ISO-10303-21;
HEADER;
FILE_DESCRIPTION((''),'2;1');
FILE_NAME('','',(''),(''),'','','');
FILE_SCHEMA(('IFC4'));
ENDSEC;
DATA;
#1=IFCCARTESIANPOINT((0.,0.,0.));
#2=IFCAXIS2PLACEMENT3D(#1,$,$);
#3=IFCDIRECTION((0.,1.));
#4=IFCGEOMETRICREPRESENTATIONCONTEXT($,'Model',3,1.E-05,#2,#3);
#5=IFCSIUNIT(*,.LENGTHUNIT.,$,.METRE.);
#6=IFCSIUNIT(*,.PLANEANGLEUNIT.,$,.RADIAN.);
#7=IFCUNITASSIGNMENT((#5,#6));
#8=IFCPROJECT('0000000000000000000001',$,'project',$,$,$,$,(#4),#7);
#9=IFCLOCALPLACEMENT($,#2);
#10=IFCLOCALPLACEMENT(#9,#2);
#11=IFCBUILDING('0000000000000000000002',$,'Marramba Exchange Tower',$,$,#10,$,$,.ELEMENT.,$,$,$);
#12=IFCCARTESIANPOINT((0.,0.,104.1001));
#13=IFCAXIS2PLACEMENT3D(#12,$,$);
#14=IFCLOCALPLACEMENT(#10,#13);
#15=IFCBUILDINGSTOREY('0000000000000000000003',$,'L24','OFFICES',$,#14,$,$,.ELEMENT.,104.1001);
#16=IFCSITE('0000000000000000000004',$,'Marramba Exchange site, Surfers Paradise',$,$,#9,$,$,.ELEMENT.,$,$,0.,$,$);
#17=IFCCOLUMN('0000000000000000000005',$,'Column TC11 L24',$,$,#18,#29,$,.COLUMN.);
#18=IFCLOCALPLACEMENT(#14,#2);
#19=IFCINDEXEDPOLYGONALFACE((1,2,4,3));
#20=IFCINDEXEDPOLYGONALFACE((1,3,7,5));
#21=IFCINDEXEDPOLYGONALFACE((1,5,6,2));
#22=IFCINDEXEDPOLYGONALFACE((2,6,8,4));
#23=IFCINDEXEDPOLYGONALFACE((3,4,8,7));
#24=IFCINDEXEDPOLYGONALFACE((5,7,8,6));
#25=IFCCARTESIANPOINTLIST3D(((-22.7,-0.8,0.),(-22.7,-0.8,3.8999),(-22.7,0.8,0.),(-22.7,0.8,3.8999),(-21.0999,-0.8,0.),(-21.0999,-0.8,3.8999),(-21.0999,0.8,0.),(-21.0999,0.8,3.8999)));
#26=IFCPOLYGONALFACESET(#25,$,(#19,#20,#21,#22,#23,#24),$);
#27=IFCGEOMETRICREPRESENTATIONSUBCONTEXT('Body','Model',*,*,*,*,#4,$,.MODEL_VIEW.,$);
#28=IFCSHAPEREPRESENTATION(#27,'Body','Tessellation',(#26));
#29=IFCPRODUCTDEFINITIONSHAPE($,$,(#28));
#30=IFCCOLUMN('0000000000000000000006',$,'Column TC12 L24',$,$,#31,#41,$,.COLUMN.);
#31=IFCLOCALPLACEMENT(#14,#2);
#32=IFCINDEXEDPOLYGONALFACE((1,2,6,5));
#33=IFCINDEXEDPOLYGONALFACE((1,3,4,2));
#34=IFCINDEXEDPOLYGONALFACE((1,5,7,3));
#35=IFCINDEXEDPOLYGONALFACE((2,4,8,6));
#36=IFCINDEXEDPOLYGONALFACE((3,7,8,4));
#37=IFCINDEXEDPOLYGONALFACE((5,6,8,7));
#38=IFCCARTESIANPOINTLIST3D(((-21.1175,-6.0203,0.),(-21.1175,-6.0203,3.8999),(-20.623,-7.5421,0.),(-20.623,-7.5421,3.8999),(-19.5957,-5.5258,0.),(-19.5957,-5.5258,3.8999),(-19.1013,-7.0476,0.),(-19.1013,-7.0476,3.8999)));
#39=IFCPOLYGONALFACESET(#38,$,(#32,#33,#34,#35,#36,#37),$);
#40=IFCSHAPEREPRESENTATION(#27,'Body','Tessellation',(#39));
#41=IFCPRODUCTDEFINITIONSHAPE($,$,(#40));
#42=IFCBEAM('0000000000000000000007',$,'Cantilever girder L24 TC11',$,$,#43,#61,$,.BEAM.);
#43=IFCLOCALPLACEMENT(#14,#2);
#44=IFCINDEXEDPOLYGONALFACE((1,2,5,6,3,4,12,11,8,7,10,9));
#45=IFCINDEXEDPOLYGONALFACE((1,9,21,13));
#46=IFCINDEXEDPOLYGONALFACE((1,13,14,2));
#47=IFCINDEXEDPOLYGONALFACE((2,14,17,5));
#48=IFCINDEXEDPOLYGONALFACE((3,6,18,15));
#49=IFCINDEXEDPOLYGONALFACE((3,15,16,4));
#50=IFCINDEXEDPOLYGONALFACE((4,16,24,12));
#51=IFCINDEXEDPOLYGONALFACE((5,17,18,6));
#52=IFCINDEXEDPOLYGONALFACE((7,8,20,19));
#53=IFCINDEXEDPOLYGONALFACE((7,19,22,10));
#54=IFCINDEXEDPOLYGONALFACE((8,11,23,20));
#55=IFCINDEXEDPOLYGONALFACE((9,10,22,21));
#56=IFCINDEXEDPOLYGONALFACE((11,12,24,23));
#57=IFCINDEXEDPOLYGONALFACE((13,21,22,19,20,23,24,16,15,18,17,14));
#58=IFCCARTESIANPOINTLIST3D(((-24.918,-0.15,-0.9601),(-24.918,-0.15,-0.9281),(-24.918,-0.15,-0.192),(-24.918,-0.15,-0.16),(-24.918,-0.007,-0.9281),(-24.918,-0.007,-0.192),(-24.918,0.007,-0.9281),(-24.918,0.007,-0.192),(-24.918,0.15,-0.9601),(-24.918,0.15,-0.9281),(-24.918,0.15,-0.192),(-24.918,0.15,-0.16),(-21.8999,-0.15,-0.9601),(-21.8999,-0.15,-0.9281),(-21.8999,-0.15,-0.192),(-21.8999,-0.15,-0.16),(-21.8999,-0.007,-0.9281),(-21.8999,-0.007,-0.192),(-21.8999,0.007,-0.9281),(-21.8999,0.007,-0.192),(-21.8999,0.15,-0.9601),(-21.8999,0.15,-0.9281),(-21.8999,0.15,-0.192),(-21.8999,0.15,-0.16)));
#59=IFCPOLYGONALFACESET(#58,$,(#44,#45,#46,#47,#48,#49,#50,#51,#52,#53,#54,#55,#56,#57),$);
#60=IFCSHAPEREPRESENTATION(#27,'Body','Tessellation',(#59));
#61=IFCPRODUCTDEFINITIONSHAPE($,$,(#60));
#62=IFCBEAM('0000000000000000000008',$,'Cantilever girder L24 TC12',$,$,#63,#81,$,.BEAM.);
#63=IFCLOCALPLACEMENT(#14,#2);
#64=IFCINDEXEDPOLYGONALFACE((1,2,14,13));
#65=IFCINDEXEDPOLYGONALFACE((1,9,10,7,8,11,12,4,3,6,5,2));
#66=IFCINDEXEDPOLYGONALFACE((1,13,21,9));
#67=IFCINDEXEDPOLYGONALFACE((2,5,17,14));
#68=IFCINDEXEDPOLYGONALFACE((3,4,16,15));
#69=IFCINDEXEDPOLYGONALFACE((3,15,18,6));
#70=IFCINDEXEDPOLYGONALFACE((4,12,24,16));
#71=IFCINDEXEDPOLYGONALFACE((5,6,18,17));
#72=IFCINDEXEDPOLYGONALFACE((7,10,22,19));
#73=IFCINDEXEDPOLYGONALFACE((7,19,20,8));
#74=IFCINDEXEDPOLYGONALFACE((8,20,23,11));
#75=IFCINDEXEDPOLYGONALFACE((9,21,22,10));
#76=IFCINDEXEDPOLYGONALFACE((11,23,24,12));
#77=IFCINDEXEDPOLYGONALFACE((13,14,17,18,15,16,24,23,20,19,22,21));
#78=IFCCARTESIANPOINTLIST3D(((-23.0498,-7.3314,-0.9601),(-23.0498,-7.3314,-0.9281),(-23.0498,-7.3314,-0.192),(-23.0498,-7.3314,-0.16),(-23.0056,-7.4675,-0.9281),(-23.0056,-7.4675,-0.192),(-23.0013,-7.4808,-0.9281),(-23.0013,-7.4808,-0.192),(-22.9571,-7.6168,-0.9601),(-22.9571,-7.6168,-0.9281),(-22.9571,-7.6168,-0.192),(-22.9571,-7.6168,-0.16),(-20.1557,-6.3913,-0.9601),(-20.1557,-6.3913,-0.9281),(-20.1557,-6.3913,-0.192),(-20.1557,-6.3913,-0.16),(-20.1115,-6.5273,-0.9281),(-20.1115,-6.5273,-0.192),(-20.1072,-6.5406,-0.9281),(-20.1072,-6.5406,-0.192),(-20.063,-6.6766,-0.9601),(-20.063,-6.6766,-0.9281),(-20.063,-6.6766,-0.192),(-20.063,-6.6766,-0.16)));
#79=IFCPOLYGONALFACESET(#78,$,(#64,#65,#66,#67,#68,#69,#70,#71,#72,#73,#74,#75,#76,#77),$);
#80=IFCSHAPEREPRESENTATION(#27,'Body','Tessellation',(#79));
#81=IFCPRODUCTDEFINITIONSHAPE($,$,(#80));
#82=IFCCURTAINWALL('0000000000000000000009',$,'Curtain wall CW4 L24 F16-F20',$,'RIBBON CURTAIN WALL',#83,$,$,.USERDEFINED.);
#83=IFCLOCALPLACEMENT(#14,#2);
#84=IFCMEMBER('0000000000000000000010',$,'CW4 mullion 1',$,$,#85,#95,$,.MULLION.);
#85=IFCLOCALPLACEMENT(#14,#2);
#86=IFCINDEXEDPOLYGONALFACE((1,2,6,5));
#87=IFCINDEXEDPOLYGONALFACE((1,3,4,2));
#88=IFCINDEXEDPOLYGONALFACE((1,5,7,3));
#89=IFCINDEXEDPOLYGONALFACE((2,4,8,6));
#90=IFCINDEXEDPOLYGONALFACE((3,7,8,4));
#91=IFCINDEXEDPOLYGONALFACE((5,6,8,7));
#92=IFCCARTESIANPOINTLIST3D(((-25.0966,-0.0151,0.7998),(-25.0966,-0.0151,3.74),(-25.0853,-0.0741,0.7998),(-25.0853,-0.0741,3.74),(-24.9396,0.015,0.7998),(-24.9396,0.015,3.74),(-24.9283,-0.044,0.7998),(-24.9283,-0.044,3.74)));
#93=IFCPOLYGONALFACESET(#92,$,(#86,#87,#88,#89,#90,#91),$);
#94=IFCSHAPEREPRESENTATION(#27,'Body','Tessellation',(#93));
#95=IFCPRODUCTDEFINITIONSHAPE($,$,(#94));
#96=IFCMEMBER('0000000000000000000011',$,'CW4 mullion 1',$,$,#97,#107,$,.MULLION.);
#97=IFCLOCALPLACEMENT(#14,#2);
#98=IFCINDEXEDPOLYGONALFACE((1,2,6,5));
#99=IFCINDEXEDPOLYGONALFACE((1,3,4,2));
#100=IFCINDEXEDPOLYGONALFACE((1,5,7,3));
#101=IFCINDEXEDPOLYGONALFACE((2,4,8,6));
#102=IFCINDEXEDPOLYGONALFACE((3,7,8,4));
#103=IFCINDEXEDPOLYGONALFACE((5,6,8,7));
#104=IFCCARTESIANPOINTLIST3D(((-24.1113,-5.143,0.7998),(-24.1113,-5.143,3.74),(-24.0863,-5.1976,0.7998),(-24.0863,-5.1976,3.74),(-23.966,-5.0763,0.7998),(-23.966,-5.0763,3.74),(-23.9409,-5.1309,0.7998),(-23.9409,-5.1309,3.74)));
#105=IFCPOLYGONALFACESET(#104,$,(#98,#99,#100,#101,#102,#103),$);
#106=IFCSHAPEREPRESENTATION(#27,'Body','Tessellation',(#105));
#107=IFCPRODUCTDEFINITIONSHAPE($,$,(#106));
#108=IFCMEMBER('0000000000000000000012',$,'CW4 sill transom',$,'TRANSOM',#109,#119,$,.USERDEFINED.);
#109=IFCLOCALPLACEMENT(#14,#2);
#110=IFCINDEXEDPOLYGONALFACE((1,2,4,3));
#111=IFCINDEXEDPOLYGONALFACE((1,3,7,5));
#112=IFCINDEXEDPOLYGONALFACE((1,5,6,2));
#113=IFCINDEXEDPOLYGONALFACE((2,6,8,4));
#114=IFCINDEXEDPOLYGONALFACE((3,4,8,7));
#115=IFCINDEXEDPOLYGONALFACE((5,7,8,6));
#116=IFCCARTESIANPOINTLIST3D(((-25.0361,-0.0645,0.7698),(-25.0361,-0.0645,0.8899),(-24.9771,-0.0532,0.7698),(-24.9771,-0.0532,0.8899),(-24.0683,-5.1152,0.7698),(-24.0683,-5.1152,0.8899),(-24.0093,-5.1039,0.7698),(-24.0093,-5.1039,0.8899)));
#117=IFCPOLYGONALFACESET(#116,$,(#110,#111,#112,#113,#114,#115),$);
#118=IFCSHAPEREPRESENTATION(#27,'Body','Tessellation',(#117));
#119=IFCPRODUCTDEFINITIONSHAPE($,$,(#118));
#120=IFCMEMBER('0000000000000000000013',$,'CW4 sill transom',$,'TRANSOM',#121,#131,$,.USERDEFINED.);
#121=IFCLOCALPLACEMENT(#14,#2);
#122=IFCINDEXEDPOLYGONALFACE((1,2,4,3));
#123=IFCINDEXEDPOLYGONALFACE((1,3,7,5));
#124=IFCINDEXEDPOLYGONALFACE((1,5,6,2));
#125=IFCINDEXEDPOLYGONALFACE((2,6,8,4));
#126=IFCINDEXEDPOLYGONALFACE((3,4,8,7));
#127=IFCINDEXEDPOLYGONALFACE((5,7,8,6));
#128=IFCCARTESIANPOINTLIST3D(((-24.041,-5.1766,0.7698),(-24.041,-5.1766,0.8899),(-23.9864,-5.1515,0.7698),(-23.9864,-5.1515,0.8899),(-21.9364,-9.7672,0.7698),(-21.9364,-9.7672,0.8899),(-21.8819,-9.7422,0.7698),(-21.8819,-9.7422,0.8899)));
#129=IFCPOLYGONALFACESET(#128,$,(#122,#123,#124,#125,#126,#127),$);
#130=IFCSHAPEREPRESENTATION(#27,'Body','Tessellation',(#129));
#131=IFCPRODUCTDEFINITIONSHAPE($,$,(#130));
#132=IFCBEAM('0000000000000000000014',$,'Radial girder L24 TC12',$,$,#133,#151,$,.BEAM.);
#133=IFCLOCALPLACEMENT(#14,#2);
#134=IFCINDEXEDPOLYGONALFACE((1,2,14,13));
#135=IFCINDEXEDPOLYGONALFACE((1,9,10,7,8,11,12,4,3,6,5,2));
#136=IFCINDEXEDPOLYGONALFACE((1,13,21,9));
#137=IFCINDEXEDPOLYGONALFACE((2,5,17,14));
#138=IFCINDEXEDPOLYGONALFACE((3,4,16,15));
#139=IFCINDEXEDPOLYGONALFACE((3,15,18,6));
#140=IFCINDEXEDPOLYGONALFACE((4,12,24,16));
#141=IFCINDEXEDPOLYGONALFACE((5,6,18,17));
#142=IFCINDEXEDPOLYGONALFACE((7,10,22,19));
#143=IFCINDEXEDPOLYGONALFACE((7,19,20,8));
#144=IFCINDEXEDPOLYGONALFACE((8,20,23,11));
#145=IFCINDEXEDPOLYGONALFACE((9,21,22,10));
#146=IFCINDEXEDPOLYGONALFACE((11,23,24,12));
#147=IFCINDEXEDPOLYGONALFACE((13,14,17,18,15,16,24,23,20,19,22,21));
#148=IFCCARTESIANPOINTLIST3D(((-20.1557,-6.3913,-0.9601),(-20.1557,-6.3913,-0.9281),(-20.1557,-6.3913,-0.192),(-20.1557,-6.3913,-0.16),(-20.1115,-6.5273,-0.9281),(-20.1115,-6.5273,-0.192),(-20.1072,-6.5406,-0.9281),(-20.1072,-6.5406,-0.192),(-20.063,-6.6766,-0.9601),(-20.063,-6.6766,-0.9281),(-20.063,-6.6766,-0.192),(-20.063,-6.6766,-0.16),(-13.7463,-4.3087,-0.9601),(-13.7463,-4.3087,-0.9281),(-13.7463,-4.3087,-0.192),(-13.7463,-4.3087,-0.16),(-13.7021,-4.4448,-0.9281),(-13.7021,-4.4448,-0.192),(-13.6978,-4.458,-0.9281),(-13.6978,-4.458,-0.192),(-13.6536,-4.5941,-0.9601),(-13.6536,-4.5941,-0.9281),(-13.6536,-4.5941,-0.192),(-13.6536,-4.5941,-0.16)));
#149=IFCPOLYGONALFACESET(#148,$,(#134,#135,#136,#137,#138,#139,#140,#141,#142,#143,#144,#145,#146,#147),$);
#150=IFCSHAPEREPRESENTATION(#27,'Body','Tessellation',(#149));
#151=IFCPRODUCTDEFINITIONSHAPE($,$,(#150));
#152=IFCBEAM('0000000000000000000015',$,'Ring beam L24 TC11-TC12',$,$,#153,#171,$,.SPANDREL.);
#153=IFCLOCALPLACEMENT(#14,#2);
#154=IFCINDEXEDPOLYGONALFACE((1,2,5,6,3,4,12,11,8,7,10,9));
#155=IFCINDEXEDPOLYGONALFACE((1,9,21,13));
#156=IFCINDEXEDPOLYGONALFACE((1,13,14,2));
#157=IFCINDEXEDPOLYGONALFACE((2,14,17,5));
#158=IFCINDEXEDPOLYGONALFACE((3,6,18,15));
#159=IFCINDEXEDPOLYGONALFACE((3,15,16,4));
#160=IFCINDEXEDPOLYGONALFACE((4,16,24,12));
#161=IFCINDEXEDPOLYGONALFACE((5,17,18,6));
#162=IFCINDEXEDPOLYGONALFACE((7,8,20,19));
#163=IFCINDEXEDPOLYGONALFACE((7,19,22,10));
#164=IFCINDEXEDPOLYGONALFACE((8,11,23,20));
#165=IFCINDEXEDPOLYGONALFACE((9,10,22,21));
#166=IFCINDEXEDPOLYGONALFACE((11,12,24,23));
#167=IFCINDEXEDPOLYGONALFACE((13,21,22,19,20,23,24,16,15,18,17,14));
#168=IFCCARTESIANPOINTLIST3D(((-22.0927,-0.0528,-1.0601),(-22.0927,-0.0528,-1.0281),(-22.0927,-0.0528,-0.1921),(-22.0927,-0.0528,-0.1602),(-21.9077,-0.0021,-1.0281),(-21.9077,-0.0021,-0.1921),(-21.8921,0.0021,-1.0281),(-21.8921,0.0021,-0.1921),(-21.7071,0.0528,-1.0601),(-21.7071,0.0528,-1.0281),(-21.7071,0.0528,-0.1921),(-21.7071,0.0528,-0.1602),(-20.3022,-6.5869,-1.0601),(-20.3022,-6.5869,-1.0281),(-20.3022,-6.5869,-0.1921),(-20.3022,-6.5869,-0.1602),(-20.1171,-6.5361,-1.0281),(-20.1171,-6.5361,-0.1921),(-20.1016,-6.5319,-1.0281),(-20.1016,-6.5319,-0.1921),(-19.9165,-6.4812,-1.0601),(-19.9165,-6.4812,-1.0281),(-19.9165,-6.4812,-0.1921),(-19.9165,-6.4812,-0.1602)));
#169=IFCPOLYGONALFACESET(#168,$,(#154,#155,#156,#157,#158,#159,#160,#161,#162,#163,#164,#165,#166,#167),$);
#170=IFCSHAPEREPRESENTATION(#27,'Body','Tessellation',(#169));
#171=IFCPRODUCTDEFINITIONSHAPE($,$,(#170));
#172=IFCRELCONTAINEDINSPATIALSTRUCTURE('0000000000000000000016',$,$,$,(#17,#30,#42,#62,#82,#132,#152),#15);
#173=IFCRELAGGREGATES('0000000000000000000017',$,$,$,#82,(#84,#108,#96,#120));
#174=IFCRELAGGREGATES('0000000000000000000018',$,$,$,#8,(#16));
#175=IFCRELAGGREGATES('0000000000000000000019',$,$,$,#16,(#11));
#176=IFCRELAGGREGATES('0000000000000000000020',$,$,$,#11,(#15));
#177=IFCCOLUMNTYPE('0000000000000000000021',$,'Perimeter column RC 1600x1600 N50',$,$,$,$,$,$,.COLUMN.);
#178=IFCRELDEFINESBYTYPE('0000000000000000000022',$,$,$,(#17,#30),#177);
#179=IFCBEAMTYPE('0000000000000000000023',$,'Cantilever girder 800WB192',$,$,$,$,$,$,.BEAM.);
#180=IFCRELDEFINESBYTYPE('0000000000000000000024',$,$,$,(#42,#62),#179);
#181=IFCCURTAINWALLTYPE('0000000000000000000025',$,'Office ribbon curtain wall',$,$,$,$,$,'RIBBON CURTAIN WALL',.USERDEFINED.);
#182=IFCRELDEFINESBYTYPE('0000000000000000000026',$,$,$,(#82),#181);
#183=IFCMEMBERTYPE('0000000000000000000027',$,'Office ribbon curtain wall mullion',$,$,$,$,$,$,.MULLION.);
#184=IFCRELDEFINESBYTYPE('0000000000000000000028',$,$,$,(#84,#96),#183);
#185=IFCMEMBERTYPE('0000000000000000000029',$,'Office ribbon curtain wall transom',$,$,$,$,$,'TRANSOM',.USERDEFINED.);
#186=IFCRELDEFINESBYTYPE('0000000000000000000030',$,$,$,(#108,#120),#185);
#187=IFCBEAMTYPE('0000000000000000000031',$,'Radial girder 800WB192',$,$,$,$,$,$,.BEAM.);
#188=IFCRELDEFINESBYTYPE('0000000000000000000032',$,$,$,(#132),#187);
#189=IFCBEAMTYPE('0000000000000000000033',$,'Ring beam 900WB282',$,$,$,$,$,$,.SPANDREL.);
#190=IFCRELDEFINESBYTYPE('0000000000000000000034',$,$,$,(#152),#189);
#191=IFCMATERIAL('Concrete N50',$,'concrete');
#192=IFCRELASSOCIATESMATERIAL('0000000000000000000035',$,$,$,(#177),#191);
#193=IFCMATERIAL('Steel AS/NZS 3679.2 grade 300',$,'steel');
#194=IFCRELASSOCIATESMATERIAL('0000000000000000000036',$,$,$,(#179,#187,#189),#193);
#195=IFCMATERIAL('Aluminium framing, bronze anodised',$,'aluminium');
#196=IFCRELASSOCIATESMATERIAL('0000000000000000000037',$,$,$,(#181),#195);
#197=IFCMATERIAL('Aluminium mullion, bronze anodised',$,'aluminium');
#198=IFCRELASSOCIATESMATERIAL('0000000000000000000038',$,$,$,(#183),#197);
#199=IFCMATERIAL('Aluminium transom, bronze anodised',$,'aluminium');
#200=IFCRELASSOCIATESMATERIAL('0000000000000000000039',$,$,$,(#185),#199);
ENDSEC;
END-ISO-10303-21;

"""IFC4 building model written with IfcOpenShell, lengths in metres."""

from ifc_helpers import new_model, si_unit, direction, frame, origin, origin_2d, place, context, subcontext, project, spatial, rectangle, i_section, extrude, material, material_profile, profile_set, type_object, element, aggregate, save


model = new_model("IFC4")

# Units and contexts
model_context = context("Model", 3, precision=1e-05, world=origin(), true_north=direction((0.0, 1.0)))
body_context = subcontext(model_context, "Body", "Model", "MODEL_VIEW")
ifc_project = project(units=[si_unit("LENGTHUNIT", "METRE"), si_unit("PLANEANGLEUNIT", "RADIAN")], contexts=[model_context])

# Site, building, storey
site_placement = place(None, origin())
site = spatial("IfcSite", under=ifc_project, at=site_placement, Name="Marramba Exchange site, Surfers Paradise", CompositionType="ELEMENT", RefElevation=0.0)
building_placement = place(site_placement, origin())
building = spatial("IfcBuilding", under=site, at=building_placement, Name="Marramba Exchange Tower", CompositionType="ELEMENT")
storey_placement = place(building_placement, frame((0.0, 0.0, 104.1001)))
storey = spatial("IfcBuildingStorey", under=building, at=storey_placement, Name="L24", Description="OFFICES", CompositionType="ELEMENT", Elevation=104.1001)

# Columns
ifc_material_1 = material(Name="Concrete N50", Category="concrete")
ifc_material_profile_1 = material_profile(ifc_material_1, rectangle(XDim=1.6001, YDim=1.6001, at=origin_2d()), Name="RC 1600x1600")
ifc_profile_set_1 = profile_set([ifc_material_profile_1], Name="Concrete N50")
column_type = type_object("IfcColumnType", Name="Perimeter column RC 1600x1600 N50", PredefinedType="COLUMN", material=ifc_profile_set_1)
for number, where, z_axis, x_axis, name in (
    (1, (-21.8999, 0.0, 0.0), (0.0, 0.0, 1.0), (-1.0, 0.0, 0.0), "Column TC11 L24"),
    (2, (-20.1094, -6.5339, 0.0), (0.0, 0.0, 1.0), (-0.951057, -0.309017, 0.0), "Column TC12 L24"),
):
    element("IfcColumn", number, at=place(storey_placement, frame(where, z_axis=z_axis, x_axis=x_axis)), inside=storey, type_object=column_type, Name=name, PredefinedType="COLUMN", context=body_context, shape_type="SweptSolid", body=[
        extrude(rectangle(XDim=1.6001, YDim=1.6001, at=origin_2d()), origin(), (0.0, 0.0, 1.0), 3.8999),
    ])

# Beams
ifc_material_2 = material(Name="Steel AS/NZS 3679.2 grade 300", Category="steel")
ifc_material_profile_2 = material_profile(ifc_material_2, i_section(OverallWidth=0.3, OverallDepth=0.8, WebThickness=0.0139, FlangeThickness=0.032, at=origin_2d()), Name="800WB192")
ifc_profile_set_2 = profile_set([ifc_material_profile_2], Name="Steel AS/NZS 3679.2 grade 300")
beam_type_1 = type_object("IfcBeamType", Name="Cantilever girder 800WB192", PredefinedType="BEAM", material=ifc_profile_set_2)
beam_1_placement = place(storey_placement, frame((-21.8999, 0.0, -0.5601), z_axis=(-1.0, 0.0, 0.0), x_axis=(0.0, -1.0, 0.0)))
element("IfcBeam", 3, at=beam_1_placement, inside=storey, type_object=beam_type_1, Name="Cantilever girder L24 TC11", PredefinedType="BEAM", context=body_context, shape_type="SweptSolid", body=[
    extrude(i_section(OverallWidth=0.3, OverallDepth=0.8, WebThickness=0.0139, FlangeThickness=0.032, at=origin_2d()), origin(), (0.0, 0.0, 1.0), 3.0181),
])
beam_2_placement = place(storey_placement, frame((-20.1094, -6.5339, -0.5601), z_axis=(-0.951071, -0.308974, 0.0), x_axis=(0.308974, -0.951071, 0.0)))
element("IfcBeam", 4, at=beam_2_placement, inside=storey, type_object=beam_type_1, Name="Cantilever girder L24 TC12", PredefinedType="BEAM", context=body_context, shape_type="SweptSolid", body=[
    extrude(i_section(OverallWidth=0.3, OverallDepth=0.8, WebThickness=0.0139, FlangeThickness=0.032, at=origin_2d()), origin(), (0.0, 0.0, 1.0), 3.043),
])

# Curtain wall, members
ifc_material_3 = material(Name="Aluminium framing, bronze anodised", Category="aluminium")
curtain_wall_type = type_object("IfcCurtainWallType", Name="Office ribbon curtain wall", ElementType="RIBBON CURTAIN WALL", PredefinedType="USERDEFINED", material=ifc_material_3)
curtain_wall_placement = place(storey_placement, origin())
curtain_wall = element("IfcCurtainWall", 5, at=curtain_wall_placement, inside=storey, type_object=curtain_wall_type, Name="Curtain wall CW4 L24 F16-F20", ObjectType="RIBBON CURTAIN WALL", PredefinedType="USERDEFINED")
ifc_material_4 = material(Name="Aluminium mullion, bronze anodised", Category="aluminium")
ifc_material_profile_3 = material_profile(ifc_material_4, rectangle(XDim=0.1599, YDim=0.0601, at=origin_2d()), Name="CW4 mullion 60x160")
ifc_profile_set_3 = profile_set([ifc_material_profile_3], Name="Aluminium mullion, bronze anodised")
member_type_1 = type_object("IfcMemberType", Name="Office ribbon curtain wall mullion", PredefinedType="MULLION", material=ifc_profile_set_3)
member_1_placement = place(storey_placement, frame((-25.0125, -0.0295, 0.7998), z_axis=(0.0, 0.0, 1.0), x_axis=(0.982126, 0.188227, 0.0)))
member_1 = element("IfcMember", 6, at=member_1_placement, type_object=member_type_1, Name="CW4 mullion 1", PredefinedType="MULLION", context=body_context, shape_type="SweptSolid", body=[
    extrude(rectangle(XDim=0.1599, YDim=0.0601, at=origin_2d()), origin(), (0.0, 0.0, 1.0), 2.9402),
])
member_2_placement = place(storey_placement, frame((-24.0261, -5.137, 0.7998), z_axis=(0.0, 0.0, 1.0), x_axis=(0.909027, 0.416738, 0.0)))
member_2 = element("IfcMember", 7, at=member_2_placement, type_object=member_type_1, Name="CW4 mullion 1", PredefinedType="MULLION", context=body_context, shape_type="SweptSolid", body=[
    extrude(rectangle(XDim=0.1599, YDim=0.0601, at=origin_2d()), origin(), (0.0, 0.0, 1.0), 2.9402),
])
ifc_material_5 = material(Name="Aluminium transom, bronze anodised", Category="aluminium")
ifc_material_profile_4 = material_profile(ifc_material_5, rectangle(XDim=0.0601, YDim=0.1201, at=origin_2d()), Name="CW4 transom 60x120")
ifc_profile_set_4 = profile_set([ifc_material_profile_4], Name="Aluminium transom, bronze anodised")
member_type_2 = type_object("IfcMemberType", Name="Office ribbon curtain wall transom", ElementType="TRANSOM", PredefinedType="USERDEFINED", material=ifc_profile_set_4)
member_3_placement = place(storey_placement, frame((-25.0066, -0.0588, 0.8298), z_axis=(0.188185, -0.982134, 0.0), x_axis=(0.982134, 0.188185, 0.0)))
member_3 = element("IfcMember", 8, at=member_3_placement, type_object=member_type_2, Name="CW4 sill transom", ObjectType="TRANSOM", PredefinedType="USERDEFINED", context=body_context, shape_type="SweptSolid", body=[
    extrude(rectangle(XDim=0.0601, YDim=0.1201, at=origin_2d()), origin(), (0.0, 0.0, 1.0), 5.1426),
])
member_4_placement = place(storey_placement, frame((-24.0137, -5.1641, 0.8298), z_axis=(0.416733, -0.909029, 0.0), x_axis=(0.909029, 0.416733, 0.0)))
member_4 = element("IfcMember", 9, at=member_4_placement, type_object=member_type_2, Name="CW4 sill transom", ObjectType="TRANSOM", PredefinedType="USERDEFINED", context=body_context, shape_type="SweptSolid", body=[
    extrude(rectangle(XDim=0.0601, YDim=0.1201, at=origin_2d()), origin(), (0.0, 0.0, 1.0), 5.05),
])

# Beams
ifc_material_profile_5 = material_profile(ifc_material_2, i_section(OverallWidth=0.3, OverallDepth=0.8, WebThickness=0.0139, FlangeThickness=0.032, at=origin_2d()), Name="800WB192")
ifc_profile_set_5 = profile_set([ifc_material_profile_5], Name="Steel AS/NZS 3679.2 grade 300")
beam_type_2 = type_object("IfcBeamType", Name="Radial girder 800WB192", PredefinedType="BEAM", material=ifc_profile_set_5)
beam_3_placement = place(storey_placement, frame((-13.7, -4.4514, -0.5601), z_axis=(-0.951058, -0.309013, 0.0), x_axis=(0.309013, -0.951058, 0.0)))
element("IfcBeam", 10, at=beam_3_placement, inside=storey, type_object=beam_type_2, Name="Radial girder L24 TC12", PredefinedType="BEAM", context=body_context, shape_type="SweptSolid", body=[
    extrude(i_section(OverallWidth=0.3, OverallDepth=0.8, WebThickness=0.0139, FlangeThickness=0.032, at=origin_2d()), origin(), (0.0, 0.0, 1.0), 6.7393),
])
ifc_material_profile_6 = material_profile(ifc_material_2, i_section(OverallWidth=0.3999, OverallDepth=0.8999, WebThickness=0.0161, FlangeThickness=0.032, at=origin_2d()), Name="900WB282")
ifc_profile_set_6 = profile_set([ifc_material_profile_6], Name="Steel AS/NZS 3679.2 grade 300")
beam_type_3 = type_object("IfcBeamType", Name="Ring beam 900WB282", PredefinedType="SPANDREL", material=ifc_profile_set_6)
beam_4_placement = place(storey_placement, frame((-21.8999, 0.0, -0.6101), z_axis=(0.264291, -0.964443, 0.0), x_axis=(0.964443, 0.264291, 0.0)))
element("IfcBeam", 11, at=beam_4_placement, inside=storey, type_object=beam_type_3, Name="Ring beam L24 TC11-TC12", PredefinedType="SPANDREL", context=body_context, shape_type="SweptSolid", body=[
    extrude(i_section(OverallWidth=0.3999, OverallDepth=0.8999, WebThickness=0.0161, FlangeThickness=0.032, at=origin_2d()), origin(), (0.0, 0.0, 1.0), 6.7749),
])

aggregate(curtain_wall, [member_1, member_3, member_2, member_4])

save(model, "model.ifc")
